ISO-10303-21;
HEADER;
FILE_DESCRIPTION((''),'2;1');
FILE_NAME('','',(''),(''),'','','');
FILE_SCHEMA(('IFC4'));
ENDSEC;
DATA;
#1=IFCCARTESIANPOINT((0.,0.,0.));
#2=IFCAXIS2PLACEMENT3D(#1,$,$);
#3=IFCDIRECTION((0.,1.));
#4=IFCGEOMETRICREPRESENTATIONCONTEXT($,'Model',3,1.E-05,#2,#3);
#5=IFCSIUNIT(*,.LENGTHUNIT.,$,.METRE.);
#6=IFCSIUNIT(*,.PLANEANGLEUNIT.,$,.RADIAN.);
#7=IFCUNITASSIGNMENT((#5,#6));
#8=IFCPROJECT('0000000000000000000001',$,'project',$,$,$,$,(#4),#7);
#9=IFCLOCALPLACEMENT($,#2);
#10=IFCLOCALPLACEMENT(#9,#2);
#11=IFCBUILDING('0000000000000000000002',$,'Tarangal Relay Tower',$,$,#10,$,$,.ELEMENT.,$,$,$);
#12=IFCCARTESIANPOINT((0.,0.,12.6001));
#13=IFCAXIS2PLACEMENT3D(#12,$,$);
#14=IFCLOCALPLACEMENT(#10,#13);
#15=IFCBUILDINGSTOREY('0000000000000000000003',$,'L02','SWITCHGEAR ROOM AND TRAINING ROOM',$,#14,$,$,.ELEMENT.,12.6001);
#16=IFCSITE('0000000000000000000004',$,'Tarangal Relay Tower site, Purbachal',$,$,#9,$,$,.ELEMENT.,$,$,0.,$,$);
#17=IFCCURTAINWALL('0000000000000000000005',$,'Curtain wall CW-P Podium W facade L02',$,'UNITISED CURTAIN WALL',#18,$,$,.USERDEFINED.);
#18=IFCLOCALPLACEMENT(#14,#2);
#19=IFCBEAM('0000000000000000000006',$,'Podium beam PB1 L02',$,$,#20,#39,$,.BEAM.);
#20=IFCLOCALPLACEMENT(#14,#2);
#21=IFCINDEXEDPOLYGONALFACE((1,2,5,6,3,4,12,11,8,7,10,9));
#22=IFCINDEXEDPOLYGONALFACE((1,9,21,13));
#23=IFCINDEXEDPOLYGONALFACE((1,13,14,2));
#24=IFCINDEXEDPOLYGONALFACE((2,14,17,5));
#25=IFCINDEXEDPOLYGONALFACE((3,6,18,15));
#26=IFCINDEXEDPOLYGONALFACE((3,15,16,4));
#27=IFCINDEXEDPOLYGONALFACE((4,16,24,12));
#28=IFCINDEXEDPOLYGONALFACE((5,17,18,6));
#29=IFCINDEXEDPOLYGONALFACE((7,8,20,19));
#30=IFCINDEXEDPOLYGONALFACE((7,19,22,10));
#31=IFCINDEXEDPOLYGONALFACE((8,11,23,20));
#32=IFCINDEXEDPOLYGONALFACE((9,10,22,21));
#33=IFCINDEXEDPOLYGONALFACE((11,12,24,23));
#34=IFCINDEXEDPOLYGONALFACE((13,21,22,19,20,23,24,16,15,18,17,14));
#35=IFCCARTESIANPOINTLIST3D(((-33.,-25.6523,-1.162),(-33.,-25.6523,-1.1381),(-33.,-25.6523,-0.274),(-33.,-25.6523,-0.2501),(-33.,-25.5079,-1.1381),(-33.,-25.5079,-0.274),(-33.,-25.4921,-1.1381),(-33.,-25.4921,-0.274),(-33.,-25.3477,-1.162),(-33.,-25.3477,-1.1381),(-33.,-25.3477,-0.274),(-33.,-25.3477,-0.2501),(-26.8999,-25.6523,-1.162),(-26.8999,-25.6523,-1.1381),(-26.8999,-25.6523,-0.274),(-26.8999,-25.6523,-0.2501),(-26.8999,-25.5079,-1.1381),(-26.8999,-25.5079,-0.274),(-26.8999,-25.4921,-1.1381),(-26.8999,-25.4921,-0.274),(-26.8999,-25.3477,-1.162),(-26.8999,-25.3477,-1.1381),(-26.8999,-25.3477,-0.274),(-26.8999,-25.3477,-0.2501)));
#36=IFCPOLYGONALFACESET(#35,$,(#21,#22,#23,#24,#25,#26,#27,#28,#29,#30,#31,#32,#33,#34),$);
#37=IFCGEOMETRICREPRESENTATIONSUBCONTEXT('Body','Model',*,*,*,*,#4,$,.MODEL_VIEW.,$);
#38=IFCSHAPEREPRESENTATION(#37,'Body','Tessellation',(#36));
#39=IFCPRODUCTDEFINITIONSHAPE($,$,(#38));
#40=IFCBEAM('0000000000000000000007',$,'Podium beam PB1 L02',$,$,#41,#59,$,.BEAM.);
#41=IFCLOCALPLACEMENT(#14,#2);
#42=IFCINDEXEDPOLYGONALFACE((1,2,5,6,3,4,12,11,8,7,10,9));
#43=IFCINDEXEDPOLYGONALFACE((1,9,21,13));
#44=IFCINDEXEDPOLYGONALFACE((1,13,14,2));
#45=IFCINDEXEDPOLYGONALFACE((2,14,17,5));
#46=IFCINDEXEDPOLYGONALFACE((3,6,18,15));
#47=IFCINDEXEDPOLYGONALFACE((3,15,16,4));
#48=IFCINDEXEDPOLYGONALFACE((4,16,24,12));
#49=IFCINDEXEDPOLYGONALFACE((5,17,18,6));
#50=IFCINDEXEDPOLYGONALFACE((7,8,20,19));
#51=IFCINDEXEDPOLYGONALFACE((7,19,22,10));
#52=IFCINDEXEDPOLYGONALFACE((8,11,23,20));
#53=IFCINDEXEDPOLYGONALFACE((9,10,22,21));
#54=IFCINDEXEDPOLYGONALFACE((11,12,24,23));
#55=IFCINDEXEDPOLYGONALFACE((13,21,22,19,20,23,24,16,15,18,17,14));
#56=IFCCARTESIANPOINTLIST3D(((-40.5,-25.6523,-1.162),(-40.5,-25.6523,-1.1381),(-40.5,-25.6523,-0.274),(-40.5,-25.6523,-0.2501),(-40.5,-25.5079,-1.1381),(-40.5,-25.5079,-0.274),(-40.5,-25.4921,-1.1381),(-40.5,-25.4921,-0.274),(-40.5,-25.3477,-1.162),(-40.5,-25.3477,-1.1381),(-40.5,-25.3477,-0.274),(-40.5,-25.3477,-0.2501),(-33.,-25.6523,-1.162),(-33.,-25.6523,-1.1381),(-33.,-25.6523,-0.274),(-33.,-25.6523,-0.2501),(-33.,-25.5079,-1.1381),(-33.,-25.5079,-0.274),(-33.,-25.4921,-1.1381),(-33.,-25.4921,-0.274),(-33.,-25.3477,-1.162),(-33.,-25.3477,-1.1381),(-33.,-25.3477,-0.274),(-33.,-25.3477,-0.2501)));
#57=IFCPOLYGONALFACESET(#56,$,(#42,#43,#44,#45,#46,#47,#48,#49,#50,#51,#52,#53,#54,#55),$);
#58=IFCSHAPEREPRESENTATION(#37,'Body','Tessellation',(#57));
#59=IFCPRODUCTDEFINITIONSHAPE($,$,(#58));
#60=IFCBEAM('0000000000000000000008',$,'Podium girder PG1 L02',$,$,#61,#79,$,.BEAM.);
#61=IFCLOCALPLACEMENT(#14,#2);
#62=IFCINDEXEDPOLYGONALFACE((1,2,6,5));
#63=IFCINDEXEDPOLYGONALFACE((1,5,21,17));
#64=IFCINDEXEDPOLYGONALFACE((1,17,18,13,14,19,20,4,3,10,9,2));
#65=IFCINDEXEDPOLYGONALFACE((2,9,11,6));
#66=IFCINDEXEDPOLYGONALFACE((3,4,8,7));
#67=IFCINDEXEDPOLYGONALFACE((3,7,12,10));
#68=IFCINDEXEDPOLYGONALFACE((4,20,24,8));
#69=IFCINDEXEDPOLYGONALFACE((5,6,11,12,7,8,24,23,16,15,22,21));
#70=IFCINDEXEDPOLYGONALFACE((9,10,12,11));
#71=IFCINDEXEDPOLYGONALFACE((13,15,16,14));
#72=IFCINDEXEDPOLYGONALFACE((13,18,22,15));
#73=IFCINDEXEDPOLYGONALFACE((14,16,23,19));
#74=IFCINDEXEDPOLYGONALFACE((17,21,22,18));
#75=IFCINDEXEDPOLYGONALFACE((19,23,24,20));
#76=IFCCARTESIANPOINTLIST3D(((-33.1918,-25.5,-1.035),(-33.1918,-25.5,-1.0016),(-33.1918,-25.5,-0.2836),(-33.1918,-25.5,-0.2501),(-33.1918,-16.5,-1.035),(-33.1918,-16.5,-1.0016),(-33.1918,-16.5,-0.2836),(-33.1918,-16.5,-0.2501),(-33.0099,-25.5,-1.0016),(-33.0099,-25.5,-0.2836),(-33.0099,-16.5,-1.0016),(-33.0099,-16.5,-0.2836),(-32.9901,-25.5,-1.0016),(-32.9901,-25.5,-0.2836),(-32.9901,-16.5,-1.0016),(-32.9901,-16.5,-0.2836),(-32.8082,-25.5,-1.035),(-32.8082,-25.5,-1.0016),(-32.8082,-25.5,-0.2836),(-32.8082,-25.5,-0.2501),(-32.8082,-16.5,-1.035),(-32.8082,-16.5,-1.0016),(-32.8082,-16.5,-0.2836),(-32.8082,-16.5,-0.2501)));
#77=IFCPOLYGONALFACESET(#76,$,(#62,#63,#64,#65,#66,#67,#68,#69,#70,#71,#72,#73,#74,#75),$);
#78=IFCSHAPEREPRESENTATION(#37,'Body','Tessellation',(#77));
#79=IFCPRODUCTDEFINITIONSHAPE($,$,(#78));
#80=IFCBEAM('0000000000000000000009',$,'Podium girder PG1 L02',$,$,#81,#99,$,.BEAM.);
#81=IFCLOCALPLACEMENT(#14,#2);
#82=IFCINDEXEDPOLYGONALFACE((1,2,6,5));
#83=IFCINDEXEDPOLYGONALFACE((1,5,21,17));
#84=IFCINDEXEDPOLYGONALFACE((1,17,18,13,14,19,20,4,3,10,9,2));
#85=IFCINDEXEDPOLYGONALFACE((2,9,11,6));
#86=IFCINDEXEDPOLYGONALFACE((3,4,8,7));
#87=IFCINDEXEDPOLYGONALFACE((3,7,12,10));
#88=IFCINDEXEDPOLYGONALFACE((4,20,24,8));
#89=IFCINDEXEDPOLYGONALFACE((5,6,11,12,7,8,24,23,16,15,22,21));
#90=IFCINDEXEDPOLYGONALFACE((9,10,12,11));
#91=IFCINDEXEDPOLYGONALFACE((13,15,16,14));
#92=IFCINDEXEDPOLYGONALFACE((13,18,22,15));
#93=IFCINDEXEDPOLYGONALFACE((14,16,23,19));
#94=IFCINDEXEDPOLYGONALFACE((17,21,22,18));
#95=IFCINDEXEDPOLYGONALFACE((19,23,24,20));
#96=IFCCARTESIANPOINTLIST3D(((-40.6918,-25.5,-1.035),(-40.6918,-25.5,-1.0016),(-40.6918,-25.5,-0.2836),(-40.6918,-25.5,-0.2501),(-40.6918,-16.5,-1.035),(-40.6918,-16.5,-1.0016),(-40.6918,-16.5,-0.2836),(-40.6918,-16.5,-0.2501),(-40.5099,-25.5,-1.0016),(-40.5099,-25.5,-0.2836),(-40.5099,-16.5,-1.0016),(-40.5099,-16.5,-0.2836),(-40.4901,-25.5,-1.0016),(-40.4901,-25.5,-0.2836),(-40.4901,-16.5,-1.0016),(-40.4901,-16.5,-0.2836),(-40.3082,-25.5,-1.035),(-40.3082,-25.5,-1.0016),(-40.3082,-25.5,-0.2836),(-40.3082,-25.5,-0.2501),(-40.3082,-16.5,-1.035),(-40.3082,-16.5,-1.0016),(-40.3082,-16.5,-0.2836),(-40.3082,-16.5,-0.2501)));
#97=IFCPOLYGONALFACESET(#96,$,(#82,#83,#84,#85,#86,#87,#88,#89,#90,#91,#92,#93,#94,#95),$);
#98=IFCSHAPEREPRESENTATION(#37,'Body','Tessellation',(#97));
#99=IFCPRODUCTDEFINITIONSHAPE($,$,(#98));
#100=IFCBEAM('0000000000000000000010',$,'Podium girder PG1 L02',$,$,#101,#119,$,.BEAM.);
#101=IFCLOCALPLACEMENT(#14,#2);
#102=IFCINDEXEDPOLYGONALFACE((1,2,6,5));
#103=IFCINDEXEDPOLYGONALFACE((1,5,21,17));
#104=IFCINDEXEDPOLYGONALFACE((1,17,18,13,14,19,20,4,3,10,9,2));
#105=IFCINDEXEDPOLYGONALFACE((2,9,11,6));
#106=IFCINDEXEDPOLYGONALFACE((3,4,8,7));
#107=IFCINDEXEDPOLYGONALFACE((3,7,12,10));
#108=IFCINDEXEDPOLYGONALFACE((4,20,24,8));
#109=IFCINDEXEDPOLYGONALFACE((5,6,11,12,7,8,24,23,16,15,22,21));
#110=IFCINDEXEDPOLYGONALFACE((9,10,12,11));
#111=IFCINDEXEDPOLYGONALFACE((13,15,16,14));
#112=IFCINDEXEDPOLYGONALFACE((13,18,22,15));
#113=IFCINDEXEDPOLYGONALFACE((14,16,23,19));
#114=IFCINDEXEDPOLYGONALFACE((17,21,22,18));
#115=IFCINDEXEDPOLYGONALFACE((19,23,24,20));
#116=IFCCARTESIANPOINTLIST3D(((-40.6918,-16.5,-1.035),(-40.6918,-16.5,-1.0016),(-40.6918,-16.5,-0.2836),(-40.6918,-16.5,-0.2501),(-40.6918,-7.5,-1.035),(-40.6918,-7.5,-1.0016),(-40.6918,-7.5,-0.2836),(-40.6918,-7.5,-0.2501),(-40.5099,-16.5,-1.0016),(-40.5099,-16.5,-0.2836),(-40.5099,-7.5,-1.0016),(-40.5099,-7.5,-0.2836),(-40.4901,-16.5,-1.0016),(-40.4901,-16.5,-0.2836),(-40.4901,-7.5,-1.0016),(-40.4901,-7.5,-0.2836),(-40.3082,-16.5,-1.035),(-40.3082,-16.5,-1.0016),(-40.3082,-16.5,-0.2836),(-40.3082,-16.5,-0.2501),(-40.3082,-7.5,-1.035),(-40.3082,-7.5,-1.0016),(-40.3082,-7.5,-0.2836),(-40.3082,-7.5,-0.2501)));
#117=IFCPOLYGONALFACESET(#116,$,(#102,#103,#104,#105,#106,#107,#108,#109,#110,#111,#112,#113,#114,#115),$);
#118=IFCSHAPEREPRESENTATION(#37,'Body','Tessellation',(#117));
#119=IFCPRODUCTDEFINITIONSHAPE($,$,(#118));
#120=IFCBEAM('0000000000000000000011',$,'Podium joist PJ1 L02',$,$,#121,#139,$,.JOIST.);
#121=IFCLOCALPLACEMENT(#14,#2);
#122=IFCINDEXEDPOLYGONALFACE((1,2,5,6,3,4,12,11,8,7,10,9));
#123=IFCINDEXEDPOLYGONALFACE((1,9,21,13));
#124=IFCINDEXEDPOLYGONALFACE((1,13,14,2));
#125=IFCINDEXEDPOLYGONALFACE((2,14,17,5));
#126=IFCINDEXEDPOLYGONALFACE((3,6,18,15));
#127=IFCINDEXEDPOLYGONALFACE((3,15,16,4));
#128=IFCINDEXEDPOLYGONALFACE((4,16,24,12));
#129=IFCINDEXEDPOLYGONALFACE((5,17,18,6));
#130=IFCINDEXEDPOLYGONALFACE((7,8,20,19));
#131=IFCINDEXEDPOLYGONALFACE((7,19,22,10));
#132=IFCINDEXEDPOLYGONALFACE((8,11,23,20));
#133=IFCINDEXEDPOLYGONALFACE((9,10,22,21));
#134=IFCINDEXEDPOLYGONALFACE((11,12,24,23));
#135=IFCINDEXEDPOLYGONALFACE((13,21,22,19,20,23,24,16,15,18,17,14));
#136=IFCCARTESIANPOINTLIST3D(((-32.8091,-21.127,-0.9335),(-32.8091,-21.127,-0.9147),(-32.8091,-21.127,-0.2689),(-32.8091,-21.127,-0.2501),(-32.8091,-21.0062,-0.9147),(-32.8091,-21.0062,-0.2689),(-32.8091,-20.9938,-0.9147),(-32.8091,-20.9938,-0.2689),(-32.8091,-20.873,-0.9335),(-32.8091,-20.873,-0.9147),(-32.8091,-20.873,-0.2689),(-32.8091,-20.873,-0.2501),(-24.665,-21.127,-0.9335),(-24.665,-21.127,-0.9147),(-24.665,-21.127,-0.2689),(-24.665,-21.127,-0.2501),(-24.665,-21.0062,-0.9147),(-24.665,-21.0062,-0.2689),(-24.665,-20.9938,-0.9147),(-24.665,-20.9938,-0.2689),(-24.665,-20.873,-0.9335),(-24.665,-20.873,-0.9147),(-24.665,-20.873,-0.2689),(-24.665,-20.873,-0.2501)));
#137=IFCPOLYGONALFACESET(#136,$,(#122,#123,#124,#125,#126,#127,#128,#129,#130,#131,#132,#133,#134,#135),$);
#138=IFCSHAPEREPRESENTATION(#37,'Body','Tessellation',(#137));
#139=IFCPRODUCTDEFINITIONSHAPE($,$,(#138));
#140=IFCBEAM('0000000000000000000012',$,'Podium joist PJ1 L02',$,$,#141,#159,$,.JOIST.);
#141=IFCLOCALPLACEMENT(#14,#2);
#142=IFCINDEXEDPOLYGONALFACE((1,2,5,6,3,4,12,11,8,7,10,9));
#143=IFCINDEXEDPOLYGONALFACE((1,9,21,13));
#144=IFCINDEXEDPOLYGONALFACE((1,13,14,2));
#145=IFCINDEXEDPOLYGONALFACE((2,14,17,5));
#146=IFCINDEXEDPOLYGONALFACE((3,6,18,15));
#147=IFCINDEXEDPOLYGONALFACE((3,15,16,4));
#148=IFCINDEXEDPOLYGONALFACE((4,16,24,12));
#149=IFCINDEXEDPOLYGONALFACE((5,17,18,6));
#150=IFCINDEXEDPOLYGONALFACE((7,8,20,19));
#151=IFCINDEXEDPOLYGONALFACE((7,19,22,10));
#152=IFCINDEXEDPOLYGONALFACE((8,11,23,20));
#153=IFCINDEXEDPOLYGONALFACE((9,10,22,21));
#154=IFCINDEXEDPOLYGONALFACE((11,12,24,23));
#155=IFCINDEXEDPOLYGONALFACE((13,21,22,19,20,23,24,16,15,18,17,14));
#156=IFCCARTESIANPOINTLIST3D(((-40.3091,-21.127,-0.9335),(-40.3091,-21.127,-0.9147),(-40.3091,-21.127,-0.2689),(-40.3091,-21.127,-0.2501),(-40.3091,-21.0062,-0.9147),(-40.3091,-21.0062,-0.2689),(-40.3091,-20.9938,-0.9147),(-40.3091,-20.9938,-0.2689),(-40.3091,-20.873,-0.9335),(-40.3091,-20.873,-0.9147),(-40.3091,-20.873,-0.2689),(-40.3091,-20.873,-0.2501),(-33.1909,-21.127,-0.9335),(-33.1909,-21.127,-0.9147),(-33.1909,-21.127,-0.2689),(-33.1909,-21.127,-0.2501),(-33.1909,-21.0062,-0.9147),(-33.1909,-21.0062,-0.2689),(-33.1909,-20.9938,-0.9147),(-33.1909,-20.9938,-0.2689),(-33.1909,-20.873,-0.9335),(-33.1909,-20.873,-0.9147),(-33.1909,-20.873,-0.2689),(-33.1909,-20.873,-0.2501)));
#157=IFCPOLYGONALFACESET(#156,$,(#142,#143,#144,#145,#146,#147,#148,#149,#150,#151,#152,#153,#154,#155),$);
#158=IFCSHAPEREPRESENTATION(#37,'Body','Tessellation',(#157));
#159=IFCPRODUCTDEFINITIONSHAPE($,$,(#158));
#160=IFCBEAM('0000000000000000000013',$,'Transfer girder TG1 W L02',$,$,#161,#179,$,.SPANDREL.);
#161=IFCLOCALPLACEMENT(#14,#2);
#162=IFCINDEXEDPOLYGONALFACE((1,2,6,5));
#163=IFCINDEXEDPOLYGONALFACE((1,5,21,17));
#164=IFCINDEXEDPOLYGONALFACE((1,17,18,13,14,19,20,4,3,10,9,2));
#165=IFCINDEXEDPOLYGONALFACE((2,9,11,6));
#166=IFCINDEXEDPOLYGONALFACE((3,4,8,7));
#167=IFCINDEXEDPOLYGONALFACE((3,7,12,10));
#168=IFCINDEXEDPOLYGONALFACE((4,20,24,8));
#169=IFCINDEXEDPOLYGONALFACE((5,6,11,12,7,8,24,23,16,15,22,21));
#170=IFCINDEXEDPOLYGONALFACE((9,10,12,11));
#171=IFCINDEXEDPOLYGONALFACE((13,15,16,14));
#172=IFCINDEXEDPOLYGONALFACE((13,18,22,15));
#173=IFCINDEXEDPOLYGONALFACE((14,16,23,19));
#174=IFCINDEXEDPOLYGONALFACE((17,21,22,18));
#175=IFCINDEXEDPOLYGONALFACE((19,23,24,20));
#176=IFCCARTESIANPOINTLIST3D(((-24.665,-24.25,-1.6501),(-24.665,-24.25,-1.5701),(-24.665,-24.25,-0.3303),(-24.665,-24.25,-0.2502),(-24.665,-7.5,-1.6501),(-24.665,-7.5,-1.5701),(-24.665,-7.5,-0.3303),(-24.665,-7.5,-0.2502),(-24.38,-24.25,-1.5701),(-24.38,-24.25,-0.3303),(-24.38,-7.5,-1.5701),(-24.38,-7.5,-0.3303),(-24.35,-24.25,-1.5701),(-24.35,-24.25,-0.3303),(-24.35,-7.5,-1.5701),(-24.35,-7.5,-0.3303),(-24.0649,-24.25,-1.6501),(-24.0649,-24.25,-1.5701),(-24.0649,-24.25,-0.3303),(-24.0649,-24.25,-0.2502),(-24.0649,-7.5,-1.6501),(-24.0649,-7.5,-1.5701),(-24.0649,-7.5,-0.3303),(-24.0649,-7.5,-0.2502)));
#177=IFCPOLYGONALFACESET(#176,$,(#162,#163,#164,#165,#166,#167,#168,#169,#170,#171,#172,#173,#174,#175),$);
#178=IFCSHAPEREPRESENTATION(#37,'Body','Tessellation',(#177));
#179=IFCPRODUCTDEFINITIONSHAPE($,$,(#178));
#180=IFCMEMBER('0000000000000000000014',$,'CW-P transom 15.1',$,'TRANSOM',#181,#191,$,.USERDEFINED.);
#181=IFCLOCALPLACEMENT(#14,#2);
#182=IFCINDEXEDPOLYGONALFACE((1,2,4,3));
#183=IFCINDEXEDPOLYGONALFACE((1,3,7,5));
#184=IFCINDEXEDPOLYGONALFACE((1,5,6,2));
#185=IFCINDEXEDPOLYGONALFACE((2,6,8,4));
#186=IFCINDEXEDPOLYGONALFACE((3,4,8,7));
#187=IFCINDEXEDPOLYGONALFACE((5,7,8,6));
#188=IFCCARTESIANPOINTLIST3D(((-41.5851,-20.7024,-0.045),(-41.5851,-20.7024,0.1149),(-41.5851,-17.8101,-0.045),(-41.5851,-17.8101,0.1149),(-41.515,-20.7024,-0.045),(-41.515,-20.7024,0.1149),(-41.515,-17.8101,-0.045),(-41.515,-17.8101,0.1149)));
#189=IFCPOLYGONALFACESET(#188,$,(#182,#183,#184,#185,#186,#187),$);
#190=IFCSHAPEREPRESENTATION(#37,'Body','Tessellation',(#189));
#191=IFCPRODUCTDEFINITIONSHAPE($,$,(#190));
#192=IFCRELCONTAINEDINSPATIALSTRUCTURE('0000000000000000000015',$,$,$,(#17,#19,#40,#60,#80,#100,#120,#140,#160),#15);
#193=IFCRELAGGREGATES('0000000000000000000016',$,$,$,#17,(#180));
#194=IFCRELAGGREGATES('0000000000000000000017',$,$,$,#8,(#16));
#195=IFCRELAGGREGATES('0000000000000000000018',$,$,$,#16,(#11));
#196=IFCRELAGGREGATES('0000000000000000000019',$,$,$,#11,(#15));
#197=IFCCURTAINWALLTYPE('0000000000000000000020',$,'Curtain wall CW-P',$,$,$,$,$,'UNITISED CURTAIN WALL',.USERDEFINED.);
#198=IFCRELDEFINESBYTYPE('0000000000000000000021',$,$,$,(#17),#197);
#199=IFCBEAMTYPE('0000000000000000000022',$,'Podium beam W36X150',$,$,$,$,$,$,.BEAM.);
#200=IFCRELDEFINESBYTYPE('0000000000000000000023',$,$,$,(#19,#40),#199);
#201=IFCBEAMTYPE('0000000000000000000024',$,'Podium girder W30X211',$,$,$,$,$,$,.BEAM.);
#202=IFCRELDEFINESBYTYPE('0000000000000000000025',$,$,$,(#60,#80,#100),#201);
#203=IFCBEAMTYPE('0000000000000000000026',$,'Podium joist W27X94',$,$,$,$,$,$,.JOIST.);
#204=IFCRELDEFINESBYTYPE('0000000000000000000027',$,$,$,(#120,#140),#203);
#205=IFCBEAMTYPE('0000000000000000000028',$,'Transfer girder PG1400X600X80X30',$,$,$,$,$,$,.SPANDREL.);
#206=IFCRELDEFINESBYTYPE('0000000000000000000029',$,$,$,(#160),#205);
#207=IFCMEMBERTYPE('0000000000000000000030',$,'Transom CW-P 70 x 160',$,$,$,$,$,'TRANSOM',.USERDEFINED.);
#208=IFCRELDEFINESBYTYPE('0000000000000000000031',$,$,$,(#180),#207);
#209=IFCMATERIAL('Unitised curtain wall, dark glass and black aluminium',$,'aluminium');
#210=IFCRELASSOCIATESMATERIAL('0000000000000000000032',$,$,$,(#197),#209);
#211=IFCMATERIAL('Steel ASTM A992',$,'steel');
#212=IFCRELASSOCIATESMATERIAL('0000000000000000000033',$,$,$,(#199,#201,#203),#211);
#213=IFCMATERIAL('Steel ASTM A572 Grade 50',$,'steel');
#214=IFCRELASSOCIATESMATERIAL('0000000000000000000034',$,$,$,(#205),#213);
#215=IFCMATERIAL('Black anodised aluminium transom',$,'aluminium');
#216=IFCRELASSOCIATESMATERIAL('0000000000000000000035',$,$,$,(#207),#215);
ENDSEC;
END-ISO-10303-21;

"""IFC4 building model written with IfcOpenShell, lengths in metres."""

from ifc_helpers import new_model, si_unit, direction, frame, origin, origin_2d, place, context, subcontext, project, spatial, rectangle, i_section, extrude, material, material_profile, profile_set, type_object, element, aggregate, save


model = new_model("IFC4")

# Units and contexts
model_context = context("Model", 3, precision=1e-05, world=origin(), true_north=direction((0.0, 1.0)))
body_context = subcontext(model_context, "Body", "Model", "MODEL_VIEW")
ifc_project = project(units=[si_unit("LENGTHUNIT", "METRE"), si_unit("PLANEANGLEUNIT", "RADIAN")], contexts=[model_context])

# Site, building, storey
site_placement = place(None, origin())
site = spatial("IfcSite", under=ifc_project, at=site_placement, Name="Tarangal Relay Tower site, Purbachal", CompositionType="ELEMENT", RefElevation=0.0)
building_placement = place(site_placement, origin())
building = spatial("IfcBuilding", under=site, at=building_placement, Name="Tarangal Relay Tower", CompositionType="ELEMENT")
storey_placement = place(building_placement, frame((0.0, 0.0, 12.6001)))
storey = spatial("IfcBuildingStorey", under=building, at=storey_placement, Name="L02", Description="SWITCHGEAR ROOM AND TRAINING ROOM", CompositionType="ELEMENT", Elevation=12.6001)

# Shared definitions
ifc_material_1 = material(Name="Steel ASTM A992", Category="steel")

# Curtain wall
ifc_material_2 = material(Name="Unitised curtain wall, dark glass and black aluminium", Category="aluminium")
curtain_wall_type = type_object("IfcCurtainWallType", Name="Curtain wall CW-P", ElementType="UNITISED CURTAIN WALL", PredefinedType="USERDEFINED", material=ifc_material_2)
curtain_wall_1_placement = place(storey_placement, origin())
curtain_wall_1 = element("IfcCurtainWall", 1, at=curtain_wall_1_placement, inside=storey, type_object=curtain_wall_type, Name="Curtain wall CW-P Podium W facade L02", ObjectType="UNITISED CURTAIN WALL", PredefinedType="USERDEFINED")

# Beams
ifc_material_profile_1 = material_profile(ifc_material_1, i_section(OverallWidth=0.3047, OverallDepth=0.9119, WebThickness=0.0159, FlangeThickness=0.0239, at=origin_2d()), Name="W36X150")
ifc_profile_set_1 = profile_set([ifc_material_profile_1], Name="Steel ASTM A992")
beam_type_1 = type_object("IfcBeamType", Name="Podium beam W36X150", PredefinedType="BEAM", material=ifc_profile_set_1)
beam_1_placement = place(storey_placement, frame((-26.8999, -25.5, -0.7061), z_axis=(-1.0, 0.0, 0.0), x_axis=(0.0, -1.0, 0.0)))
element("IfcBeam", 2, at=beam_1_placement, inside=storey, type_object=beam_type_1, Name="Podium beam PB1 L02", PredefinedType="BEAM", context=body_context, shape_type="SweptSolid", body=[
    extrude(i_section(OverallWidth=0.3047, OverallDepth=0.9119, WebThickness=0.0159, FlangeThickness=0.0239, at=origin_2d()), origin(), (0.0, 0.0, 1.0), 6.1001),
])
beam_2_placement = place(storey_placement, frame((-33.0, -25.5, -0.7061), z_axis=(-1.0, 0.0, 0.0), x_axis=(0.0, -1.0, 0.0)))
element("IfcBeam", 3, at=beam_2_placement, inside=storey, type_object=beam_type_1, Name="Podium beam PB1 L02", PredefinedType="BEAM", context=body_context, shape_type="SweptSolid", body=[
    extrude(i_section(OverallWidth=0.3047, OverallDepth=0.9119, WebThickness=0.0159, FlangeThickness=0.0239, at=origin_2d()), origin(), (0.0, 0.0, 1.0), 7.5),
])
ifc_material_profile_2 = material_profile(ifc_material_1, i_section(OverallWidth=0.3835, OverallDepth=0.7849, WebThickness=0.0198, FlangeThickness=0.0334, at=origin_2d()), Name="W30X211")
ifc_profile_set_2 = profile_set([ifc_material_profile_2], Name="Steel ASTM A992")
beam_type_2 = type_object("IfcBeamType", Name="Podium girder W30X211", PredefinedType="BEAM", material=ifc_profile_set_2)
for number, where, z_axis, x_axis, name in (
    (4, (-33.0, -25.5, -0.6426), (0.0, 1.0, 0.0), (-1.0, 0.0, 0.0), "Podium girder PG1 L02"),
    (5, (-40.5, -25.5, -0.6426), (0.0, 1.0, 0.0), (-1.0, 0.0, 0.0), "Podium girder PG1 L02"),
    (6, (-40.5, -16.5, -0.6426), (0.0, 1.0, 0.0), (-1.0, 0.0, 0.0), "Podium girder PG1 L02"),
):
    element("IfcBeam", number, at=place(storey_placement, frame(where, z_axis=z_axis, x_axis=x_axis)), inside=storey, type_object=beam_type_2, Name=name, PredefinedType="BEAM", context=body_context, shape_type="SweptSolid", body=[
        extrude(i_section(OverallWidth=0.3835, OverallDepth=0.7849, WebThickness=0.0198, FlangeThickness=0.0334, at=origin_2d()), origin(), (0.0, 0.0, 1.0), 9.0),
    ])
ifc_material_profile_3 = material_profile(ifc_material_1, i_section(OverallWidth=0.2539, OverallDepth=0.6833, WebThickness=0.0125, FlangeThickness=0.0188, at=origin_2d()), Name="W27X94")
ifc_profile_set_3 = profile_set([ifc_material_profile_3], Name="Steel ASTM A992")
beam_type_3 = type_object("IfcBeamType", Name="Podium joist W27X94", PredefinedType="JOIST", material=ifc_profile_set_3)
beam_3_placement = place(storey_placement, frame((-24.665, -21.0, -0.5918), z_axis=(-1.0, 0.0, 0.0), x_axis=(0.0, -1.0, 0.0)))
element("IfcBeam", 7, at=beam_3_placement, inside=storey, type_object=beam_type_3, Name="Podium joist PJ1 L02", PredefinedType="JOIST", context=body_context, shape_type="SweptSolid", body=[
    extrude(i_section(OverallWidth=0.2539, OverallDepth=0.6833, WebThickness=0.0125, FlangeThickness=0.0188, at=origin_2d()), origin(), (0.0, 0.0, 1.0), 8.144),
])
beam_4_placement = place(storey_placement, frame((-33.1909, -21.0, -0.5918), z_axis=(-1.0, 0.0, 0.0), x_axis=(0.0, -1.0, 0.0)))
element("IfcBeam", 8, at=beam_4_placement, inside=storey, type_object=beam_type_3, Name="Podium joist PJ1 L02", PredefinedType="JOIST", context=body_context, shape_type="SweptSolid", body=[
    extrude(i_section(OverallWidth=0.2539, OverallDepth=0.6833, WebThickness=0.0125, FlangeThickness=0.0188, at=origin_2d()), origin(), (0.0, 0.0, 1.0), 7.1182),
])
ifc_material_3 = material(Name="Steel ASTM A572 Grade 50", Category="steel")
ifc_material_profile_4 = material_profile(ifc_material_3, i_section(OverallWidth=0.6001, OverallDepth=1.3999, WebThickness=0.03, FlangeThickness=0.0801, at=origin_2d()), Name="PG1400X600X80X30")
ifc_profile_set_4 = profile_set([ifc_material_profile_4], Name="Steel ASTM A572 Grade 50")
beam_type_4 = type_object("IfcBeamType", Name="Transfer girder PG1400X600X80X30", PredefinedType="SPANDREL", material=ifc_profile_set_4)
beam_5_placement = place(storey_placement, frame((-24.365, -24.25, -0.9502), z_axis=(0.0, 1.0, 0.0), x_axis=(-1.0, 0.0, 0.0)))
element("IfcBeam", 9, at=beam_5_placement, inside=storey, type_object=beam_type_4, Name="Transfer girder TG1 W L02", PredefinedType="SPANDREL", context=body_context, shape_type="SweptSolid", body=[
    extrude(i_section(OverallWidth=0.6001, OverallDepth=1.3999, WebThickness=0.03, FlangeThickness=0.0801, at=origin_2d()), origin(), (0.0, 0.0, 1.0), 16.75),
])

# Member
ifc_material_4 = material(Name="Black anodised aluminium transom", Category="aluminium")
ifc_material_profile_5 = material_profile(ifc_material_4, rectangle(XDim=0.0701, YDim=0.1599, at=origin_2d()), Name="CW-PT 70X160")
ifc_profile_set_5 = profile_set([ifc_material_profile_5], Name="Black anodised aluminium transom")
member_type_1 = type_object("IfcMemberType", Name="Transom CW-P 70 x 160", ElementType="TRANSOM", PredefinedType="USERDEFINED", material=ifc_profile_set_5)
member_1_placement = place(storey_placement, frame((-41.55, -17.8101, 0.0349), z_axis=(0.0, -1.0, 0.0), x_axis=(1.0, 0.0, 0.0)))
member_1 = element("IfcMember", 10, at=member_1_placement, type_object=member_type_1, Name="CW-P transom 15.1", ObjectType="TRANSOM", PredefinedType="USERDEFINED", context=body_context, shape_type="SweptSolid", body=[
    extrude(rectangle(XDim=0.0701, YDim=0.1599, at=origin_2d()), origin(), (0.0, 0.0, 1.0), 2.8923),
])

aggregate(curtain_wall_1, [member_1])

save(model, "model.ifc")
